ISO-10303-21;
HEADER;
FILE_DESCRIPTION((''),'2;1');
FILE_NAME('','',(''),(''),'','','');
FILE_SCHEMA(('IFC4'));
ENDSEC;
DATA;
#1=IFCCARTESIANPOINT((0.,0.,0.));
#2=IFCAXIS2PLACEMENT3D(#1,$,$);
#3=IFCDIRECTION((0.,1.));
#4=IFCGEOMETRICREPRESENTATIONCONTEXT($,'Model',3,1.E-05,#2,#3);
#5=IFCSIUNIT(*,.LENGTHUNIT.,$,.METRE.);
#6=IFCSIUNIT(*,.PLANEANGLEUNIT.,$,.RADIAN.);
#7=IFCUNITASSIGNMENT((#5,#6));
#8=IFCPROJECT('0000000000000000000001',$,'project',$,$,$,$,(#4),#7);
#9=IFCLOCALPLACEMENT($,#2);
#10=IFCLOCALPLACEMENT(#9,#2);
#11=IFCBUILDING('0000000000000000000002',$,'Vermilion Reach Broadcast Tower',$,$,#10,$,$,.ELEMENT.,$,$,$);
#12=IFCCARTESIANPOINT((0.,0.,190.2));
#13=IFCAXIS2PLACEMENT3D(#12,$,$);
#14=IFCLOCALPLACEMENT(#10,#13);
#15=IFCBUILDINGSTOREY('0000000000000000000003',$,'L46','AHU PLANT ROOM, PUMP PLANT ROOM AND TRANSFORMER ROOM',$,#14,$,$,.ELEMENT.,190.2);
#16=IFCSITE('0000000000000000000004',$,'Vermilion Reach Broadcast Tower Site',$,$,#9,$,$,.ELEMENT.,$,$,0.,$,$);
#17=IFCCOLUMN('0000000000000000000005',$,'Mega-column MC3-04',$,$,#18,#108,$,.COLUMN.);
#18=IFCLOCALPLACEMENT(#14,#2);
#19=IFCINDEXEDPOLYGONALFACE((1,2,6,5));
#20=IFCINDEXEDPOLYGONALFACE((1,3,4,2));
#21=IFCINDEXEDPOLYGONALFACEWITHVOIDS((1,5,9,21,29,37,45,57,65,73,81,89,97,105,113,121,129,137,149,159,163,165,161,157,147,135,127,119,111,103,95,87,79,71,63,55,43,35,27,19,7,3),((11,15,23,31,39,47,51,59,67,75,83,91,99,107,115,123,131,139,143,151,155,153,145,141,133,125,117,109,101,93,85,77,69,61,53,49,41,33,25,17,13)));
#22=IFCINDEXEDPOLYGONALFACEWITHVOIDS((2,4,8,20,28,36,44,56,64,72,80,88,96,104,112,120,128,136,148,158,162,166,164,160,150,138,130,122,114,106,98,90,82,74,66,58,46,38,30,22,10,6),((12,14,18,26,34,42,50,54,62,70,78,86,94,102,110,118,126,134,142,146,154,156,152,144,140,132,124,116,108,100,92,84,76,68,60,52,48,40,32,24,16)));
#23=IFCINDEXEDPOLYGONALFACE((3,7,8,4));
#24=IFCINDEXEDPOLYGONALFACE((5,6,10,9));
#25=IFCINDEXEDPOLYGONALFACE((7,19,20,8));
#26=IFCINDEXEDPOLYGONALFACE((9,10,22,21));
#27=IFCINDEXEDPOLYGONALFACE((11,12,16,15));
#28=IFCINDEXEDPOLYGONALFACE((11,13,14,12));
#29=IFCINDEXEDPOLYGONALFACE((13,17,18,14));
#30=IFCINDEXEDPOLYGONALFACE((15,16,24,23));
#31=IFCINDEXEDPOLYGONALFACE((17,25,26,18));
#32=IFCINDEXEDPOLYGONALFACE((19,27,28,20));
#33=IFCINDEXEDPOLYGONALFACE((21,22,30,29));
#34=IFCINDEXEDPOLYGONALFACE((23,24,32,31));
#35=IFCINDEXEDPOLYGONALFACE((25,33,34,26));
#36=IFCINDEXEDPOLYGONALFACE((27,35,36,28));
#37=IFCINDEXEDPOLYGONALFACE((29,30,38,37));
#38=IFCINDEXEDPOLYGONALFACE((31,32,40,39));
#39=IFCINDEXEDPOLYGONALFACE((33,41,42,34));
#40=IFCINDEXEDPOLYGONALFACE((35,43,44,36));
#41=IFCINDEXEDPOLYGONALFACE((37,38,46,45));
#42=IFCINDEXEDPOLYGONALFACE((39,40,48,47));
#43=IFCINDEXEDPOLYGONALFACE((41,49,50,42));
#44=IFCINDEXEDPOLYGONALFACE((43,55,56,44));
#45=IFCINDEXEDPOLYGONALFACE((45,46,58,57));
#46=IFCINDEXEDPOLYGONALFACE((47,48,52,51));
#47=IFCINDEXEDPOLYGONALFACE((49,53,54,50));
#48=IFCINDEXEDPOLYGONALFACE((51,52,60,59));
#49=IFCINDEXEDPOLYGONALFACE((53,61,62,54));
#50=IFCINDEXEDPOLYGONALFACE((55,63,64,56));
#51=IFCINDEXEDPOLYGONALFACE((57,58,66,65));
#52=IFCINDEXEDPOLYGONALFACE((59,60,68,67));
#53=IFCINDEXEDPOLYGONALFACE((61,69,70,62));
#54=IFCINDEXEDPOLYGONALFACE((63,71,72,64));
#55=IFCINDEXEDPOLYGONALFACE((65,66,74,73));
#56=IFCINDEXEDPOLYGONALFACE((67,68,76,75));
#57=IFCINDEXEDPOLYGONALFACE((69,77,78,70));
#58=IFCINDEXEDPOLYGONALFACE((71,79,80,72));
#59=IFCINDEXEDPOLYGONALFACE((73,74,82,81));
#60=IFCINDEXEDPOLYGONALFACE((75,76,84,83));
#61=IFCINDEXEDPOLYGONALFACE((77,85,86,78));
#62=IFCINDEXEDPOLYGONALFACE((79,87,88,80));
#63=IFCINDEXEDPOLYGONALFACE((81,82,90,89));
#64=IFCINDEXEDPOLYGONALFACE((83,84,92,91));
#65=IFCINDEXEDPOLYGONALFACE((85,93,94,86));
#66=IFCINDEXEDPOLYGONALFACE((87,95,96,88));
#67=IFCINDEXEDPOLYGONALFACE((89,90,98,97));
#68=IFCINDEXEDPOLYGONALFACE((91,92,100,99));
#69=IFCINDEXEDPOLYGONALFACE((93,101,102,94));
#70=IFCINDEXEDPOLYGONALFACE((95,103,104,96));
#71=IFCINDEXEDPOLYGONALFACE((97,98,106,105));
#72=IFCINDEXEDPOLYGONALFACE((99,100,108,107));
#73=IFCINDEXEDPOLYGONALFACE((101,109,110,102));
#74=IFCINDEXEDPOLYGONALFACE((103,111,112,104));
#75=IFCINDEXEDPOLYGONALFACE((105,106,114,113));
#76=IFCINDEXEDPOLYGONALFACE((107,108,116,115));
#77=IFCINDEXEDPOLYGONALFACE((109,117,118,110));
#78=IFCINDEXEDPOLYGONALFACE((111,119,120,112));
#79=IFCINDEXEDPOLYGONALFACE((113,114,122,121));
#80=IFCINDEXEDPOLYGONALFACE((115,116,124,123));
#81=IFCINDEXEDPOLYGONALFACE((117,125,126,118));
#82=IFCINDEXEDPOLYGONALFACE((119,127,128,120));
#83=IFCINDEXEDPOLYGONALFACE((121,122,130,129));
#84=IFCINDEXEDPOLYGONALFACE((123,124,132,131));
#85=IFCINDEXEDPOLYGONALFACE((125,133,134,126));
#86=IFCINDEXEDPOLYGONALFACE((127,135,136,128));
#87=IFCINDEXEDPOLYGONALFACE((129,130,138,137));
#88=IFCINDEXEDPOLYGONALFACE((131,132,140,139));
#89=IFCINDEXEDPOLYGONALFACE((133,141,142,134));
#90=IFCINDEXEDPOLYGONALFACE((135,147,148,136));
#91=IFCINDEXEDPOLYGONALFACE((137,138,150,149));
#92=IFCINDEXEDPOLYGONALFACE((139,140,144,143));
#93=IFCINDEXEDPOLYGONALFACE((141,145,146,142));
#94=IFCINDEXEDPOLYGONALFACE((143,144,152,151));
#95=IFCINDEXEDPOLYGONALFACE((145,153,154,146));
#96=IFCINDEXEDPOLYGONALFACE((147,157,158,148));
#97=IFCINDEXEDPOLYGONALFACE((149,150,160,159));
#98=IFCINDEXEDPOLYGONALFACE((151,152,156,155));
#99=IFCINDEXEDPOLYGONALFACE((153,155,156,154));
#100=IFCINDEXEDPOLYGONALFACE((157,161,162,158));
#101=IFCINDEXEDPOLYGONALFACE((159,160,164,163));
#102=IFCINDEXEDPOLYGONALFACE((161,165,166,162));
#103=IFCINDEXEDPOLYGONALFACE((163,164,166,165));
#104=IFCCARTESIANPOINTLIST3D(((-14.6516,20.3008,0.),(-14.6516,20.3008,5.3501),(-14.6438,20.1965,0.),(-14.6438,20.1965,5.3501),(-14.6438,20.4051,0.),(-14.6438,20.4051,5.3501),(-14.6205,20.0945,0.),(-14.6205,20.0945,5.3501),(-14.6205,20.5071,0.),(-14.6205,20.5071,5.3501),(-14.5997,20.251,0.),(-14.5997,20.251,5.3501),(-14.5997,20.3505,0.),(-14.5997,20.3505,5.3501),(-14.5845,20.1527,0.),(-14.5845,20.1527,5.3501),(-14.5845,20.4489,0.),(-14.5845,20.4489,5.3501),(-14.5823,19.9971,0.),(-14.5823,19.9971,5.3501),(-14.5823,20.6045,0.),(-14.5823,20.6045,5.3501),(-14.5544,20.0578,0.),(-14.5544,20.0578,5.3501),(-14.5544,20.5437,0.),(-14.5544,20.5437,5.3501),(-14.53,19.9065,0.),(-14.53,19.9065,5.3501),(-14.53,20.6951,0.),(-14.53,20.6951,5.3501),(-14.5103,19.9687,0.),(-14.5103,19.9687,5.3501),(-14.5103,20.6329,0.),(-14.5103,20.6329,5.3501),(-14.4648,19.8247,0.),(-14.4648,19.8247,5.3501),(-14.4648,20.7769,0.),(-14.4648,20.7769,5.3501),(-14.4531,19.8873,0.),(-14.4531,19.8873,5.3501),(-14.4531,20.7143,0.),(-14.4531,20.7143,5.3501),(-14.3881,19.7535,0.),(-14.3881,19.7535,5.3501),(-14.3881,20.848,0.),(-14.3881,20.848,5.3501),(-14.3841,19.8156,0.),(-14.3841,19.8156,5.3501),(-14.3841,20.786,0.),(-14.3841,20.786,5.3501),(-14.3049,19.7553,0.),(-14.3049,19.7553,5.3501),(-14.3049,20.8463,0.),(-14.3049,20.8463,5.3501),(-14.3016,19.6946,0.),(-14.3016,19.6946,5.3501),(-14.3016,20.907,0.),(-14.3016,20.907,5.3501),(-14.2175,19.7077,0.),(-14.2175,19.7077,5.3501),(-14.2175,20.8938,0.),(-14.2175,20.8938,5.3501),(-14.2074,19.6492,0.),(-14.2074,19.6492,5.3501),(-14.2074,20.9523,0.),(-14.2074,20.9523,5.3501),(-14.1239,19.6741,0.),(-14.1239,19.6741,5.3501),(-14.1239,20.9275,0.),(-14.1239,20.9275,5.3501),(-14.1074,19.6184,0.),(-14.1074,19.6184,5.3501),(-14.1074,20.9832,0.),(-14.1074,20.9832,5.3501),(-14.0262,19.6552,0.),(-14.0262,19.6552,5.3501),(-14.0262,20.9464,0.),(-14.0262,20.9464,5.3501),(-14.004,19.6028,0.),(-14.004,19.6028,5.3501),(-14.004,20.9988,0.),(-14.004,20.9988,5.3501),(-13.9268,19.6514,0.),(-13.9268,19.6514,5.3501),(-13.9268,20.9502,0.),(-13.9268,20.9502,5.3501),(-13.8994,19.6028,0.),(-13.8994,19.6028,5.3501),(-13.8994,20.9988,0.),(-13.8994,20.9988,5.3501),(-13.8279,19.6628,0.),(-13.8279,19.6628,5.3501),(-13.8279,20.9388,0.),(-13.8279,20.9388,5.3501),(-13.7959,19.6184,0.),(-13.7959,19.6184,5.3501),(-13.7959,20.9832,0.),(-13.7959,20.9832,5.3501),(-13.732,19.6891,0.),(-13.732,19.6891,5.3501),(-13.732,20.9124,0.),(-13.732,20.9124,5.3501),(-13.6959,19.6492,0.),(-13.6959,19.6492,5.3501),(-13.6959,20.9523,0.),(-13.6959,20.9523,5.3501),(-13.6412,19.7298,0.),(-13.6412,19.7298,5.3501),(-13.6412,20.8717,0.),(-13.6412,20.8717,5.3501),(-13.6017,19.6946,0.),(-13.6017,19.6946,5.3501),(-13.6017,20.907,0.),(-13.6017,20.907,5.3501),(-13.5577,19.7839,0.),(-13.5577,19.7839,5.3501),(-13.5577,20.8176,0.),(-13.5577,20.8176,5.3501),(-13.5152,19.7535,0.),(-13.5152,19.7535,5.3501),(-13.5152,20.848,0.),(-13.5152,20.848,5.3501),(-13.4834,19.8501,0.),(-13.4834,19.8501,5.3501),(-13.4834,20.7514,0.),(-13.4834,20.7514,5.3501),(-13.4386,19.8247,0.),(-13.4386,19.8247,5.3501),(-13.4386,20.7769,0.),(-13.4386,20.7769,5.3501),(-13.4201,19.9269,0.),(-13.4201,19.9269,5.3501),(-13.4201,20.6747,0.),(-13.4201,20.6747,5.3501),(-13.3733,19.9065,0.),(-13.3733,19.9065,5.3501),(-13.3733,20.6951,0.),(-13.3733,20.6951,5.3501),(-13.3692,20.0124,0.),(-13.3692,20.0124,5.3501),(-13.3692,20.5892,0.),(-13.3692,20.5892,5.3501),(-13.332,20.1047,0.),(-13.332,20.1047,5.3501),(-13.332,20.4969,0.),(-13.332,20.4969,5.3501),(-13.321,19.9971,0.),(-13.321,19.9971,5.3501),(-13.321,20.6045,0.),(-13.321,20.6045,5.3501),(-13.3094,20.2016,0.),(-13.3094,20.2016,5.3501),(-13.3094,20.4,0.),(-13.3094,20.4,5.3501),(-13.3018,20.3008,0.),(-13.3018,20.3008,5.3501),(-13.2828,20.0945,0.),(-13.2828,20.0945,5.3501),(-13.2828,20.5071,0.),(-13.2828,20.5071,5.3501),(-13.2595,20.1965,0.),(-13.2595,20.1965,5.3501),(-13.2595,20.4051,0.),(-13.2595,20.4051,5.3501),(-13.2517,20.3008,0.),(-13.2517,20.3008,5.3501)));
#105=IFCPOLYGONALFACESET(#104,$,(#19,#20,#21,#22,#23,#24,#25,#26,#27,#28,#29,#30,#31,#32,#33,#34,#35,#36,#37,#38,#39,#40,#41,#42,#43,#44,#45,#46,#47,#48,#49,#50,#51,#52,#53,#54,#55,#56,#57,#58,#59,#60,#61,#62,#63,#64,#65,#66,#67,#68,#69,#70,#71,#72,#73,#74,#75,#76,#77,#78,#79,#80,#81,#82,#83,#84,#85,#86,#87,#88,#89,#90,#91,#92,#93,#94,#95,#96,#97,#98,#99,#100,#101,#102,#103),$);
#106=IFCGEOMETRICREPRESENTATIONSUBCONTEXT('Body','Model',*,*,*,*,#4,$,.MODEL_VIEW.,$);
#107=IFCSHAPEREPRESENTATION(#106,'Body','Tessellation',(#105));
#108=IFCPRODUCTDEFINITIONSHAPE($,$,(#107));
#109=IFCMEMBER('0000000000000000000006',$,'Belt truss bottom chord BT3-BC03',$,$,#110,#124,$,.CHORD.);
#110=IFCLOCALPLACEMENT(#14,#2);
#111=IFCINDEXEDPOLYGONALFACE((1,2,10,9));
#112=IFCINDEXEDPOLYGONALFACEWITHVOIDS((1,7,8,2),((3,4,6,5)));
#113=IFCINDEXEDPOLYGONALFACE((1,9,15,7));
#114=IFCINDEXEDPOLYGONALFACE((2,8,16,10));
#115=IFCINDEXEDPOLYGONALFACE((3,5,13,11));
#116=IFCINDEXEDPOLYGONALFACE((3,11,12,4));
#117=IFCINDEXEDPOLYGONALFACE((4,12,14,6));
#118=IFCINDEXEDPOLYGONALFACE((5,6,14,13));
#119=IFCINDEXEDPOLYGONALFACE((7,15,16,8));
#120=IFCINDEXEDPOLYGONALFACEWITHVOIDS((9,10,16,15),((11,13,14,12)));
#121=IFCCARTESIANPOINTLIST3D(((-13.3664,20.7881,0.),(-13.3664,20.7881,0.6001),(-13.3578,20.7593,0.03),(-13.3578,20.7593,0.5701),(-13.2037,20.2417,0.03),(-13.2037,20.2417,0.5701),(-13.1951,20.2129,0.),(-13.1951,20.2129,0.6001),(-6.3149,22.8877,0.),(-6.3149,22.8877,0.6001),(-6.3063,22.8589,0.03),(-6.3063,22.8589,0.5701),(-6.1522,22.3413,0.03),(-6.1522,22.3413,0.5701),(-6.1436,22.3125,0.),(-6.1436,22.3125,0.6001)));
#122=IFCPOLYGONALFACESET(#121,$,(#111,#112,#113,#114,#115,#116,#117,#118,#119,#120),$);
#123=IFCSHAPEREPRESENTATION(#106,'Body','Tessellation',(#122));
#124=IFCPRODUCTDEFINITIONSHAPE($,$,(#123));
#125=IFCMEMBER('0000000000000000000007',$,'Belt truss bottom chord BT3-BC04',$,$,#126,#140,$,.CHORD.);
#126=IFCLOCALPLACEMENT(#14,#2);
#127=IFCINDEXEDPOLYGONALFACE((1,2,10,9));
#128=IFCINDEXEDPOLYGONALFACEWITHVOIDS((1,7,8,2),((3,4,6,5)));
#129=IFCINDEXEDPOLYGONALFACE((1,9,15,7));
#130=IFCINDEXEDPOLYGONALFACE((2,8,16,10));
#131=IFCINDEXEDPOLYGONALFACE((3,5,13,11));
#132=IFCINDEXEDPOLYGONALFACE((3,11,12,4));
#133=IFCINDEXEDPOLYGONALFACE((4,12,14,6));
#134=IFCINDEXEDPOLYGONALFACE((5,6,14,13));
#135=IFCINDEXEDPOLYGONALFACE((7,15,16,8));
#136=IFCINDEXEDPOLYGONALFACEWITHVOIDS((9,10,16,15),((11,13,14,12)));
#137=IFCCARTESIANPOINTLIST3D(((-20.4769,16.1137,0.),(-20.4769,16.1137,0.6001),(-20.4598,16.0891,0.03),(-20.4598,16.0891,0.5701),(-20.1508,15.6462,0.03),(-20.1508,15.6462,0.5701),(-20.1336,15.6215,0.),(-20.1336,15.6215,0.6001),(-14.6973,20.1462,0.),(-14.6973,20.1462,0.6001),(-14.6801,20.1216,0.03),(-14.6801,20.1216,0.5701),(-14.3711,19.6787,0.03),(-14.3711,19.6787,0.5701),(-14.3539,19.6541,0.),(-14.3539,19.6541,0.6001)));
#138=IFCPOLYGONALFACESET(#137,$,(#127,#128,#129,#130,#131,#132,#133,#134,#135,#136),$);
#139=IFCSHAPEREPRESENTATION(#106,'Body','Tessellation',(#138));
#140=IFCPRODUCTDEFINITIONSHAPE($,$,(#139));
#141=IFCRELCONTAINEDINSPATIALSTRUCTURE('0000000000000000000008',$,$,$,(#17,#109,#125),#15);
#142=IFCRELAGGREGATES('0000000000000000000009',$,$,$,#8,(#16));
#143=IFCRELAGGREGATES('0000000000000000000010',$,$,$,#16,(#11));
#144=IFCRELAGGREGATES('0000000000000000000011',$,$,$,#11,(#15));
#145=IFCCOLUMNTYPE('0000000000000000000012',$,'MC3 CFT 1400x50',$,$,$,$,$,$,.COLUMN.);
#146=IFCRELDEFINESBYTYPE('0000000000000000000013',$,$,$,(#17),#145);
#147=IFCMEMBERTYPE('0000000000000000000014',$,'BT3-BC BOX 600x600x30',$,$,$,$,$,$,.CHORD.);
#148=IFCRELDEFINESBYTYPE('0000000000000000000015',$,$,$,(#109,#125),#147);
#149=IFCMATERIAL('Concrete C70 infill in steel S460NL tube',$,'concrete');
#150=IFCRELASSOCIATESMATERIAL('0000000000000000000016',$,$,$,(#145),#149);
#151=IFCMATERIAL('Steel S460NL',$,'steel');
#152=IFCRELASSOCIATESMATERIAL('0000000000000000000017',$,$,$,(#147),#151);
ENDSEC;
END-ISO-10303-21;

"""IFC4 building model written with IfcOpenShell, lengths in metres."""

from ifc_helpers import new_model, si_unit, direction, frame, origin, origin_2d, place, context, subcontext, project, spatial, hollow_rectangle, hollow_circle, extrude, material, material_profile, profile_set, type_object, element, save


model = new_model("IFC4")

# Units and contexts
model_context = context("Model", 3, precision=1e-05, world=origin(), true_north=direction((0.0, 1.0)))
body_context = subcontext(model_context, "Body", "Model", "MODEL_VIEW")
ifc_project = project(units=[si_unit("LENGTHUNIT", "METRE"), si_unit("PLANEANGLEUNIT", "RADIAN")], contexts=[model_context])

# Site, building, storey
site_placement = place(None, origin())
site = spatial("IfcSite", under=ifc_project, at=site_placement, Name="Vermilion Reach Broadcast Tower Site", CompositionType="ELEMENT", RefElevation=0.0)
building_placement = place(site_placement, origin())
building = spatial("IfcBuilding", under=site, at=building_placement, Name="Vermilion Reach Broadcast Tower", CompositionType="ELEMENT")
storey_placement = place(building_placement, frame((0.0, 0.0, 190.2)))
storey = spatial("IfcBuildingStorey", under=building, at=storey_placement, Name="L46", Description="AHU PLANT ROOM, PUMP PLANT ROOM AND TRANSFORMER ROOM", CompositionType="ELEMENT", Elevation=190.2)

# Column
ifc_material_1 = material(Name="Concrete C70 infill in steel S460NL tube", Category="concrete")
ifc_material_profile_1 = material_profile(ifc_material_1, hollow_circle(Radius=0.7, WallThickness=0.05, at=origin_2d()), Name="Concrete C70 infill in steel S460NL tube CFT 1400x50")
ifc_profile_set_1 = profile_set([ifc_material_profile_1], Name="Concrete C70 infill in steel S460NL tube")
column_type = type_object("IfcColumnType", Name="MC3 CFT 1400x50", PredefinedType="COLUMN", material=ifc_profile_set_1)
column_placement = place(storey_placement, frame((-13.9517, 20.3008, 0.0), z_axis=(0.0, 0.0, 1.0), x_axis=(1.0, 0.0, 0.0)))
element("IfcColumn", 1, at=column_placement, inside=storey, type_object=column_type, Name="Mega-column MC3-04", PredefinedType="COLUMN", context=body_context, shape_type="SweptSolid", body=[
    extrude(hollow_circle(Radius=0.7, WallThickness=0.05, at=origin_2d()), origin(), (0.0, 0.0, 1.0), 5.3501),
])

# Members
ifc_material_2 = material(Name="Steel S460NL", Category="steel")
ifc_material_profile_2 = material_profile(ifc_material_2, hollow_rectangle(XDim=0.6001, YDim=0.6001, WallThickness=0.03, at=origin_2d()), Name="S460NL BOX 600x600x30")
ifc_profile_set_2 = profile_set([ifc_material_profile_2], Name="Steel S460NL")
member_type_1 = type_object("IfcMemberType", Name="BT3-BC BOX 600x600x30", PredefinedType="CHORD", material=ifc_profile_set_2)
member_1_placement = place(storey_placement, frame((-6.2292, 22.6001, 0.3), z_axis=(-0.958417, -0.285372, 0.0), x_axis=(0.285372, -0.958417, 0.0)))
element("IfcMember", 2, at=member_1_placement, inside=storey, type_object=member_type_1, Name="Belt truss bottom chord BT3-BC03", PredefinedType="CHORD", context=body_context, shape_type="SweptSolid", body=[
    extrude(hollow_rectangle(XDim=0.6001, YDim=0.6001, WallThickness=0.03, at=origin_2d()), origin(), (0.0, 0.0, 1.0), 7.3574),
])
member_2_placement = place(storey_placement, frame((-14.5256, 19.9001, 0.3), z_axis=(-0.820111, -0.572204, 0.0), x_axis=(0.572204, -0.820111, 0.0)))
element("IfcMember", 3, at=member_2_placement, inside=storey, type_object=member_type_1, Name="Belt truss bottom chord BT3-BC04", PredefinedType="CHORD", context=body_context, shape_type="SweptSolid", body=[
    extrude(hollow_rectangle(XDim=0.6001, YDim=0.6001, WallThickness=0.03, at=origin_2d()), origin(), (0.0, 0.0, 1.0), 7.0474),
])

save(model, "model.ifc")
